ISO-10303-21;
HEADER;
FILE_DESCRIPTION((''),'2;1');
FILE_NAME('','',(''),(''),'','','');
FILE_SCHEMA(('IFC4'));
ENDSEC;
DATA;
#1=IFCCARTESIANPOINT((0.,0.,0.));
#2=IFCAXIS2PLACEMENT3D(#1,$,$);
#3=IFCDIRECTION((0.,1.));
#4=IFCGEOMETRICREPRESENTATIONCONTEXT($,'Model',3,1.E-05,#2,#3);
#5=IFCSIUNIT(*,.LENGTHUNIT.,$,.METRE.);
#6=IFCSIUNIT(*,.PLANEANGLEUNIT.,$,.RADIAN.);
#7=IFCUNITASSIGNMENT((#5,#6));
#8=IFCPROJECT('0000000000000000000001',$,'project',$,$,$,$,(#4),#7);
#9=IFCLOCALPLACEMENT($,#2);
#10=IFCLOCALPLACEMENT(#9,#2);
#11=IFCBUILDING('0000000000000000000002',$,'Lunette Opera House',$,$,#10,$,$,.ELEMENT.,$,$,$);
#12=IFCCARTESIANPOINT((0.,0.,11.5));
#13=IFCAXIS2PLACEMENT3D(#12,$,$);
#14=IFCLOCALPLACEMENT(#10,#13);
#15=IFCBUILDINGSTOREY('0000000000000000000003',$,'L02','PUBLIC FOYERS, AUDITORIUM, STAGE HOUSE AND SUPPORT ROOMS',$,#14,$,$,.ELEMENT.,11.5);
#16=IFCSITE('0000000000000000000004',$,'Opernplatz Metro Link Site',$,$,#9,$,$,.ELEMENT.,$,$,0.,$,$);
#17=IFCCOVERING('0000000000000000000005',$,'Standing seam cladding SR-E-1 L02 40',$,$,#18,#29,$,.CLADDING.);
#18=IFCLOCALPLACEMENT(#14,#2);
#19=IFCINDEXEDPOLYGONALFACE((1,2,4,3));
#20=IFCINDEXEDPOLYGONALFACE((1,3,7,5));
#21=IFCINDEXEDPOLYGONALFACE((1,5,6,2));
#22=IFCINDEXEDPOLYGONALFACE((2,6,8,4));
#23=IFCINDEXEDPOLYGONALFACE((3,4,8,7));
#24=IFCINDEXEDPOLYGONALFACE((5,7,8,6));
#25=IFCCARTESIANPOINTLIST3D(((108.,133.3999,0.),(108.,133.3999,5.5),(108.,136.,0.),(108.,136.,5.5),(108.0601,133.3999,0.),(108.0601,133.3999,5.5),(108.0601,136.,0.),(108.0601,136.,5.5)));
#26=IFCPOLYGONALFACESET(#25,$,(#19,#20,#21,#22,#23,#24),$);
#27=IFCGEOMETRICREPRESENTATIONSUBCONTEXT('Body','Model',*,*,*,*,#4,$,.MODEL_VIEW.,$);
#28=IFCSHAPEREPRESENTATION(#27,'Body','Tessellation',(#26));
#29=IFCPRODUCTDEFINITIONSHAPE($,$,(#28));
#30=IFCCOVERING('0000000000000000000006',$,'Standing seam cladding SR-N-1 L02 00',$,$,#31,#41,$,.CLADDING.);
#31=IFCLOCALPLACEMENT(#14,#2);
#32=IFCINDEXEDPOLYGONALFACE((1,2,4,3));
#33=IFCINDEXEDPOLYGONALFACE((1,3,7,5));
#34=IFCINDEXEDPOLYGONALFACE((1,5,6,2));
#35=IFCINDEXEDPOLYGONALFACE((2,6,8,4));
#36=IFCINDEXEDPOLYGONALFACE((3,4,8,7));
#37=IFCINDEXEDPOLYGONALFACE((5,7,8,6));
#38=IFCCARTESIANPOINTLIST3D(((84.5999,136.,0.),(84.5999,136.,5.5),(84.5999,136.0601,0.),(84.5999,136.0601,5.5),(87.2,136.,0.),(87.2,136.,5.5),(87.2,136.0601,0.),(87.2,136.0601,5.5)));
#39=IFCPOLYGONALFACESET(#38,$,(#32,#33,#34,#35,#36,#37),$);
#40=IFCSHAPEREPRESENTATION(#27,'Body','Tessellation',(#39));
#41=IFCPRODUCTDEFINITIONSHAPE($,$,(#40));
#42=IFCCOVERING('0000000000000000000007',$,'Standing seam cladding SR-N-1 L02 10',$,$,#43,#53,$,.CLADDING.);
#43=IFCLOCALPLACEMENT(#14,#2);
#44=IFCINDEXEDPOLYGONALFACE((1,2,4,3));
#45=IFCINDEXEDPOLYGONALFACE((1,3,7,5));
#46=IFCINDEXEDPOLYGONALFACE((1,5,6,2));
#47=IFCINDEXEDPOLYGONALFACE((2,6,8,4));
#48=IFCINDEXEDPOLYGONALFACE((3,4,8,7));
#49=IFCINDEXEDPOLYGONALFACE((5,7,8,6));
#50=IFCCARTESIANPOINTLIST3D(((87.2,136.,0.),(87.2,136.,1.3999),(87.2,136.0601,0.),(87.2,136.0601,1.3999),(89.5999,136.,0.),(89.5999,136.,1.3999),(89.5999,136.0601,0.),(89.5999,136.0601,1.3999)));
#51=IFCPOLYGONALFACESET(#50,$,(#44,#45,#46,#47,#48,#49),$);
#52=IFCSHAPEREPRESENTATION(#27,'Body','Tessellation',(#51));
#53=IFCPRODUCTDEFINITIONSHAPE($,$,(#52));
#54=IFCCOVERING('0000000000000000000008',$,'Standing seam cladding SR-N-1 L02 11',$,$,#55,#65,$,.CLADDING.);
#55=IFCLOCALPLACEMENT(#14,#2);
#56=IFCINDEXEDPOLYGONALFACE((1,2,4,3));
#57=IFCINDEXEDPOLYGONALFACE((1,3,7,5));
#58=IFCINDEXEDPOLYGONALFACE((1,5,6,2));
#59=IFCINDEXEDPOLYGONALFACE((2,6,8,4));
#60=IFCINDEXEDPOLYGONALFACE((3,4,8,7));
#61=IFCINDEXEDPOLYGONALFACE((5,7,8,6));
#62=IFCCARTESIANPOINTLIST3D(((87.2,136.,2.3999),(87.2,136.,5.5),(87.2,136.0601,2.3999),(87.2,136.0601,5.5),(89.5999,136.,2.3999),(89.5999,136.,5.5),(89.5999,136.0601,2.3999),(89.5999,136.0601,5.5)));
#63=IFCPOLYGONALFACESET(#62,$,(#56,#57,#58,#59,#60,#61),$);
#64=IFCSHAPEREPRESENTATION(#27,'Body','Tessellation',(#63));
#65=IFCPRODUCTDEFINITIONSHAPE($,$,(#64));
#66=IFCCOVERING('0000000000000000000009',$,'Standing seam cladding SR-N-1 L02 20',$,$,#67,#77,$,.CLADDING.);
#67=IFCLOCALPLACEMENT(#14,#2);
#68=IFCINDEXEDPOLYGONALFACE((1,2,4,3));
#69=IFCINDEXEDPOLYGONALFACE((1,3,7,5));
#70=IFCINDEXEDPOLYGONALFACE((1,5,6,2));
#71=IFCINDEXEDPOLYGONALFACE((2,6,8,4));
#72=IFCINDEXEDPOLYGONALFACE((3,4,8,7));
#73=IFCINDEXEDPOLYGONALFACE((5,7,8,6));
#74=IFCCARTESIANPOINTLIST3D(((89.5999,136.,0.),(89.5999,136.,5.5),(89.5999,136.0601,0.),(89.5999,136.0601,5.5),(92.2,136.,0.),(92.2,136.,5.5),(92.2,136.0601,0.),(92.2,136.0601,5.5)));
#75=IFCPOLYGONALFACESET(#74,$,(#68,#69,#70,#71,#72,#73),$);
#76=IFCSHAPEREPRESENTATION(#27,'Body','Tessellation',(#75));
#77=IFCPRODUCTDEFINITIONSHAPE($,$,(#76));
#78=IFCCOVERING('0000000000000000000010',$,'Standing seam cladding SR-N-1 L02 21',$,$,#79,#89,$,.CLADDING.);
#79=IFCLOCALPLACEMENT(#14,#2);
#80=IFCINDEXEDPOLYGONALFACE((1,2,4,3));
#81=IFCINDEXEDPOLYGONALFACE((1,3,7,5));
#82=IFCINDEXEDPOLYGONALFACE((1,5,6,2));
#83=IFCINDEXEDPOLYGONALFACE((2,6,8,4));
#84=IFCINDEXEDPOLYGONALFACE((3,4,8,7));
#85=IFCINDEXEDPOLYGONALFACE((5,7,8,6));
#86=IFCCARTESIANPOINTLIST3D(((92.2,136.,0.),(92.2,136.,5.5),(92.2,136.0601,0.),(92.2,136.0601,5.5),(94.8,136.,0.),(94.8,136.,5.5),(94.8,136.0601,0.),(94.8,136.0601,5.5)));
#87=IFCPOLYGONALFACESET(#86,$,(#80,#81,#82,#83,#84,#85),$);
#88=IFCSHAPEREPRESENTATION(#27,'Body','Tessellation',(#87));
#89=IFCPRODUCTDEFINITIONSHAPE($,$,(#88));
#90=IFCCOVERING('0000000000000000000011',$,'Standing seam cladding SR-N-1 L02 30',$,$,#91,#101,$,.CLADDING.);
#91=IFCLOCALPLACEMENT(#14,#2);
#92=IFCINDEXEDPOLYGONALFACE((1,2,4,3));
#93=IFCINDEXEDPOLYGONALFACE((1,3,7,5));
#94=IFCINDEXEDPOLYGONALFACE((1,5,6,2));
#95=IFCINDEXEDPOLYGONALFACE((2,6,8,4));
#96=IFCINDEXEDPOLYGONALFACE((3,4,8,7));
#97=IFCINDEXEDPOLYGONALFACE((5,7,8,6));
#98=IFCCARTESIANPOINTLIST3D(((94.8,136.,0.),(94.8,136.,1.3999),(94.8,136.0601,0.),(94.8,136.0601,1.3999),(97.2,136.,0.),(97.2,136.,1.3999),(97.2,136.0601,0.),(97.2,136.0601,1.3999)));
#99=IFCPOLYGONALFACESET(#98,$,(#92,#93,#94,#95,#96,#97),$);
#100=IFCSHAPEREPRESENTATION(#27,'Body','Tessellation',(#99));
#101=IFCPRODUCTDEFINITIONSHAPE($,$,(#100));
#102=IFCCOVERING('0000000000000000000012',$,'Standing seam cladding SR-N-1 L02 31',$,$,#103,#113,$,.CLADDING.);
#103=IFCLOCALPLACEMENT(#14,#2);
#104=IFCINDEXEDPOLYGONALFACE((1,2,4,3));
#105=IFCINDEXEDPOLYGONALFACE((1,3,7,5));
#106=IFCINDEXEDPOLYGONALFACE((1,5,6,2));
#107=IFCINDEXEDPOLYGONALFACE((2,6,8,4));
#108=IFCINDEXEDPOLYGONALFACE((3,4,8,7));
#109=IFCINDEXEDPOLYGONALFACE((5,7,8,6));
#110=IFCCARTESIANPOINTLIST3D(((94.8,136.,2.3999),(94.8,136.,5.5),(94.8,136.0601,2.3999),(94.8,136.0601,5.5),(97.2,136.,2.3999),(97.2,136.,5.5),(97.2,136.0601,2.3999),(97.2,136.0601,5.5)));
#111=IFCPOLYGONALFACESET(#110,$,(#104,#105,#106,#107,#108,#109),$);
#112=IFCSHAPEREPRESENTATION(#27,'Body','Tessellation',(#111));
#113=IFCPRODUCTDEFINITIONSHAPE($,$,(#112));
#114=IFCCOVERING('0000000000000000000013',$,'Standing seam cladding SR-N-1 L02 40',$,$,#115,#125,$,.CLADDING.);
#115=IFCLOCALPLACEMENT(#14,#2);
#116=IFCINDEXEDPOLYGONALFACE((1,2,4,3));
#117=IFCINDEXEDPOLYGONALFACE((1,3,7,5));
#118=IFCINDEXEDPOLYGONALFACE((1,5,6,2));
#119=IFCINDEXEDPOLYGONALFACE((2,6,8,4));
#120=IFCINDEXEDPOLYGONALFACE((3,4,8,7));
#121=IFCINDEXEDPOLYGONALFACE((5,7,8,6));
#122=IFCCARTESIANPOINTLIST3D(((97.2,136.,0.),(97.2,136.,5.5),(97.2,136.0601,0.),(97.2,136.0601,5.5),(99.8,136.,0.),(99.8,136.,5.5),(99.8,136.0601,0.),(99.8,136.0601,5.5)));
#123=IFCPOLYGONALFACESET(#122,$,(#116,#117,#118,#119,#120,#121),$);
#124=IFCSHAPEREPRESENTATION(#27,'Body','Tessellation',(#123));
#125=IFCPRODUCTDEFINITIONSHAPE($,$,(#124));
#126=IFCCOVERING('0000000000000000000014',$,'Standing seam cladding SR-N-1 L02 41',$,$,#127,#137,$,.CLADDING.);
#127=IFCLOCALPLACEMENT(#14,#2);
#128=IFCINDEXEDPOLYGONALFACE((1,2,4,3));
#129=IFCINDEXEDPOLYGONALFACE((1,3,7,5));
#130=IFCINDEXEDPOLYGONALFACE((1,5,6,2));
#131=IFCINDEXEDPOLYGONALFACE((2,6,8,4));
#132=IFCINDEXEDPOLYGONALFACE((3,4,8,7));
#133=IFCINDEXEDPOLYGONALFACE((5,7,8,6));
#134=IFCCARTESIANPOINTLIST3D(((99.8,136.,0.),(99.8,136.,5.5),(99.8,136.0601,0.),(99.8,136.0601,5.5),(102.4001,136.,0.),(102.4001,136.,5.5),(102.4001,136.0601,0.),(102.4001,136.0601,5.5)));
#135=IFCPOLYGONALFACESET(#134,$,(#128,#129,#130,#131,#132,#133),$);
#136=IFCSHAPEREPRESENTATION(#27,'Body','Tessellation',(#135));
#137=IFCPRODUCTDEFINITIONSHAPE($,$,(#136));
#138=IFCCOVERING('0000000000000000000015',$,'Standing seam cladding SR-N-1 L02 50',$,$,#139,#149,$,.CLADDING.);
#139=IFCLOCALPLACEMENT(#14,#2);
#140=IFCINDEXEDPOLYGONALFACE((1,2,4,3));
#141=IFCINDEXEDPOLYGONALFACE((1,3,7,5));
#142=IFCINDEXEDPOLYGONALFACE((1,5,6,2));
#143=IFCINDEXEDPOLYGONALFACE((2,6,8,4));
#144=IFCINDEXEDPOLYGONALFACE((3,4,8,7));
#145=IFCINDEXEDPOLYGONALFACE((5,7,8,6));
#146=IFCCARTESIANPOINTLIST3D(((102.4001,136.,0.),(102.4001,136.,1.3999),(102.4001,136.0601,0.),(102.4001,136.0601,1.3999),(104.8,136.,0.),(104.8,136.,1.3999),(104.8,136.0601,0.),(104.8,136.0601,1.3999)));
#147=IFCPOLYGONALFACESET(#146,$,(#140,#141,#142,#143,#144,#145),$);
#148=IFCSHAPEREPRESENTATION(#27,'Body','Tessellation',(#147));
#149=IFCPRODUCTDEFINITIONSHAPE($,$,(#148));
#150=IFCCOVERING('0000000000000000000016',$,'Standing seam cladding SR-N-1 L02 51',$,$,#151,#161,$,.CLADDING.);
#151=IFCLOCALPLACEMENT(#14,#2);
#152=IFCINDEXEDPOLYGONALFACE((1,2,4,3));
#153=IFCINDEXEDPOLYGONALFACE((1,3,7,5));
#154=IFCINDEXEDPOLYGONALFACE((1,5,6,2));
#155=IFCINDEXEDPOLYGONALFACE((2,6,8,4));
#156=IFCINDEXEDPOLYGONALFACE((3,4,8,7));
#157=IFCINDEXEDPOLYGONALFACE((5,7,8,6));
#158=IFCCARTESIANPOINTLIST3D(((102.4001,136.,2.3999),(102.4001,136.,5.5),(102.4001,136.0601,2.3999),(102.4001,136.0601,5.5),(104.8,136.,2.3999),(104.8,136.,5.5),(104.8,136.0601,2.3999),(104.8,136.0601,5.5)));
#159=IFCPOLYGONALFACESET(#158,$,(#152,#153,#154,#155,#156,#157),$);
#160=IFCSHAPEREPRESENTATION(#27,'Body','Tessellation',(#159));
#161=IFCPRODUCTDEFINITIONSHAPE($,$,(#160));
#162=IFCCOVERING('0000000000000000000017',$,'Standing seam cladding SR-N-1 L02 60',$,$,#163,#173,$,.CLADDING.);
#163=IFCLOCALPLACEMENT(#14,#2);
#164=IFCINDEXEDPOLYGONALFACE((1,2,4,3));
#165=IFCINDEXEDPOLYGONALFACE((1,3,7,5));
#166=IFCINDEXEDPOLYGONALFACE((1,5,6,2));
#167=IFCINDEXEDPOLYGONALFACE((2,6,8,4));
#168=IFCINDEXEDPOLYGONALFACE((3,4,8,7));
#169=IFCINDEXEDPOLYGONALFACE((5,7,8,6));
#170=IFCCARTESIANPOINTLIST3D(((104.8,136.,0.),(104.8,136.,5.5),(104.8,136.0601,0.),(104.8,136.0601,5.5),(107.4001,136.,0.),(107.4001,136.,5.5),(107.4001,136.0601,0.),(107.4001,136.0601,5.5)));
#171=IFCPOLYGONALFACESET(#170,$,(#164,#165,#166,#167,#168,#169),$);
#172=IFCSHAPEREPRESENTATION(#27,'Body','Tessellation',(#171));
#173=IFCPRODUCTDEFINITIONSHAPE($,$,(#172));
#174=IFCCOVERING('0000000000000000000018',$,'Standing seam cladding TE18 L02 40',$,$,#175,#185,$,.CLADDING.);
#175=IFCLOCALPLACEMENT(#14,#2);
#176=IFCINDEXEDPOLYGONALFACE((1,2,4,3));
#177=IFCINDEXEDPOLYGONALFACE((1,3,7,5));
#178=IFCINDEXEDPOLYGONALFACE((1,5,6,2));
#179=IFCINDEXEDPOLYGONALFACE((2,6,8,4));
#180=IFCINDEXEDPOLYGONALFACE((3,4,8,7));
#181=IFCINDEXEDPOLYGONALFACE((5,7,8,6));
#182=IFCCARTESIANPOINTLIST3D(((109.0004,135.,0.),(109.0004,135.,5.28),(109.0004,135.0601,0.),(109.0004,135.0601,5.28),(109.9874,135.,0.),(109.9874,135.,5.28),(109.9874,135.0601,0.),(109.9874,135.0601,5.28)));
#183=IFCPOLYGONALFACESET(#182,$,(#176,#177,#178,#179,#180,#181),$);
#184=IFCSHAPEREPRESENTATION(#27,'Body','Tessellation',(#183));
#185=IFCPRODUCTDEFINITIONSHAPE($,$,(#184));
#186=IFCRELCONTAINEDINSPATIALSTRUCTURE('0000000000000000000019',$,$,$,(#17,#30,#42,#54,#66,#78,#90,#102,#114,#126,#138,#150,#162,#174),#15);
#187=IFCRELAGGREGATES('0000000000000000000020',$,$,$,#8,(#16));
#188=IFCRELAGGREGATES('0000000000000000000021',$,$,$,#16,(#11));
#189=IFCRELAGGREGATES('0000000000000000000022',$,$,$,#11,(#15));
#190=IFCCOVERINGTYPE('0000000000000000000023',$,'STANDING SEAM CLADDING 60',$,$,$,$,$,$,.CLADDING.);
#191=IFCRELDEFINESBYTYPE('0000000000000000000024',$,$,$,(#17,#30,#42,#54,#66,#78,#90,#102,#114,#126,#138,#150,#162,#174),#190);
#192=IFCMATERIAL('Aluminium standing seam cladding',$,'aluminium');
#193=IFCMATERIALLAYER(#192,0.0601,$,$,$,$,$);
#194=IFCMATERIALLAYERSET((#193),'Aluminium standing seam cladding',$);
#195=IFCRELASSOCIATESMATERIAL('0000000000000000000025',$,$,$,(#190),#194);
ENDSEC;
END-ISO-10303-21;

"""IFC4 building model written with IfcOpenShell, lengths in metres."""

from ifc_helpers import new_model, si_unit, direction, frame, origin, origin_2d, place, context, subcontext, project, spatial, rectangle, extrude, material, layer, layer_set, type_object, element, save


model = new_model("IFC4")

# Units and contexts
model_context = context("Model", 3, precision=1e-05, world=origin(), true_north=direction((0.0, 1.0)))
body_context = subcontext(model_context, "Body", "Model", "MODEL_VIEW")
ifc_project = project(units=[si_unit("LENGTHUNIT", "METRE"), si_unit("PLANEANGLEUNIT", "RADIAN")], contexts=[model_context])

# Site, building, storey
site_placement = place(None, origin())
site = spatial("IfcSite", under=ifc_project, at=site_placement, Name="Opernplatz Metro Link Site", CompositionType="ELEMENT", RefElevation=0.0)
building_placement = place(site_placement, origin())
building = spatial("IfcBuilding", under=site, at=building_placement, Name="Lunette Opera House", CompositionType="ELEMENT")
storey_placement = place(building_placement, frame((0.0, 0.0, 11.5)))
storey = spatial("IfcBuildingStorey", under=building, at=storey_placement, Name="L02", Description="PUBLIC FOYERS, AUDITORIUM, STAGE HOUSE AND SUPPORT ROOMS", CompositionType="ELEMENT", Elevation=11.5)

# Coverings
ifc_material_1 = material(Name="Aluminium standing seam cladding", Category="aluminium")
ifc_layer_1 = layer(ifc_material_1, 0.0601)
ifc_layer_set_1 = layer_set([ifc_layer_1], Name="Aluminium standing seam cladding")
covering_type = type_object("IfcCoveringType", Name="STANDING SEAM CLADDING 60", PredefinedType="CLADDING", material=ifc_layer_set_1)
for number, where, z_axis, x_axis, name in (
    (1, (108.03, 134.7, 0.0), (0.0, 0.0, 1.0), (0.0, 1.0, 0.0), "Standing seam cladding SR-E-1 L02 40"),
    (2, (85.8999, 136.03, 0.0), (0.0, 0.0, 1.0), (1.0, 0.0, 0.0), "Standing seam cladding SR-N-1 L02 00"),
):
    element("IfcCovering", number, at=place(storey_placement, frame(where, z_axis=z_axis, x_axis=x_axis)), inside=storey, type_object=covering_type, Name=name, PredefinedType="CLADDING", context=body_context, shape_type="SweptSolid", body=[
        extrude(rectangle(XDim=2.6001, YDim=0.0601, at=origin_2d()), origin(), (0.0, 0.0, 1.0), 5.5),
    ])
covering_1_placement = place(storey_placement, frame((88.3999, 136.03, 0.0), z_axis=(0.0, 0.0, 1.0), x_axis=(1.0, 0.0, 0.0)))
element("IfcCovering", 3, at=covering_1_placement, inside=storey, type_object=covering_type, Name="Standing seam cladding SR-N-1 L02 10", PredefinedType="CLADDING", context=body_context, shape_type="SweptSolid", body=[
    extrude(rectangle(XDim=2.3999, YDim=0.0601, at=origin_2d()), origin(), (0.0, 0.0, 1.0), 1.3999),
])
covering_2_placement = place(storey_placement, frame((88.3999, 136.03, 2.3999), z_axis=(0.0, 0.0, 1.0), x_axis=(1.0, 0.0, 0.0)))
element("IfcCovering", 4, at=covering_2_placement, inside=storey, type_object=covering_type, Name="Standing seam cladding SR-N-1 L02 11", PredefinedType="CLADDING", context=body_context, shape_type="SweptSolid", body=[
    extrude(rectangle(XDim=2.3999, YDim=0.0601, at=origin_2d()), origin(), (0.0, 0.0, 1.0), 3.1001),
])
for number, where, z_axis, x_axis, name in (
    (5, (90.8999, 136.03, 0.0), (0.0, 0.0, 1.0), (1.0, 0.0, 0.0), "Standing seam cladding SR-N-1 L02 20"),
    (6, (93.5, 136.03, 0.0), (0.0, 0.0, 1.0), (1.0, 0.0, 0.0), "Standing seam cladding SR-N-1 L02 21"),
):
    element("IfcCovering", number, at=place(storey_placement, frame(where, z_axis=z_axis, x_axis=x_axis)), inside=storey, type_object=covering_type, Name=name, PredefinedType="CLADDING", context=body_context, shape_type="SweptSolid", body=[
        extrude(rectangle(XDim=2.6001, YDim=0.0601, at=origin_2d()), origin(), (0.0, 0.0, 1.0), 5.5),
    ])
covering_3_placement = place(storey_placement, frame((96.0, 136.03, 0.0), z_axis=(0.0, 0.0, 1.0), x_axis=(1.0, 0.0, 0.0)))
element("IfcCovering", 7, at=covering_3_placement, inside=storey, type_object=covering_type, Name="Standing seam cladding SR-N-1 L02 30", PredefinedType="CLADDING", context=body_context, shape_type="SweptSolid", body=[
    extrude(rectangle(XDim=2.3999, YDim=0.0601, at=origin_2d()), origin(), (0.0, 0.0, 1.0), 1.3999),
])
covering_4_placement = place(storey_placement, frame((96.0, 136.03, 2.3999), z_axis=(0.0, 0.0, 1.0), x_axis=(1.0, 0.0, 0.0)))
element("IfcCovering", 8, at=covering_4_placement, inside=storey, type_object=covering_type, Name="Standing seam cladding SR-N-1 L02 31", PredefinedType="CLADDING", context=body_context, shape_type="SweptSolid", body=[
    extrude(rectangle(XDim=2.3999, YDim=0.0601, at=origin_2d()), origin(), (0.0, 0.0, 1.0), 3.1001),
])
for number, where, z_axis, x_axis, name in (
    (9, (98.5, 136.03, 0.0), (0.0, 0.0, 1.0), (1.0, 0.0, 0.0), "Standing seam cladding SR-N-1 L02 40"),
    (10, (101.1001, 136.03, 0.0), (0.0, 0.0, 1.0), (1.0, 0.0, 0.0), "Standing seam cladding SR-N-1 L02 41"),
):
    element("IfcCovering", number, at=place(storey_placement, frame(where, z_axis=z_axis, x_axis=x_axis)), inside=storey, type_object=covering_type, Name=name, PredefinedType="CLADDING", context=body_context, shape_type="SweptSolid", body=[
        extrude(rectangle(XDim=2.6001, YDim=0.0601, at=origin_2d()), origin(), (0.0, 0.0, 1.0), 5.5),
    ])
covering_5_placement = place(storey_placement, frame((103.6001, 136.03, 0.0), z_axis=(0.0, 0.0, 1.0), x_axis=(1.0, 0.0, 0.0)))
element("IfcCovering", 11, at=covering_5_placement, inside=storey, type_object=covering_type, Name="Standing seam cladding SR-N-1 L02 50", PredefinedType="CLADDING", context=body_context, shape_type="SweptSolid", body=[
    extrude(rectangle(XDim=2.3999, YDim=0.0601, at=origin_2d()), origin(), (0.0, 0.0, 1.0), 1.3999),
])
covering_6_placement = place(storey_placement, frame((103.6001, 136.03, 2.3999), z_axis=(0.0, 0.0, 1.0), x_axis=(1.0, 0.0, 0.0)))
element("IfcCovering", 12, at=covering_6_placement, inside=storey, type_object=covering_type, Name="Standing seam cladding SR-N-1 L02 51", PredefinedType="CLADDING", context=body_context, shape_type="SweptSolid", body=[
    extrude(rectangle(XDim=2.3999, YDim=0.0601, at=origin_2d()), origin(), (0.0, 0.0, 1.0), 3.1001),
])
covering_7_placement = place(storey_placement, frame((106.1001, 136.03, 0.0), z_axis=(0.0, 0.0, 1.0), x_axis=(1.0, 0.0, 0.0)))
element("IfcCovering", 13, at=covering_7_placement, inside=storey, type_object=covering_type, Name="Standing seam cladding SR-N-1 L02 60", PredefinedType="CLADDING", context=body_context, shape_type="SweptSolid", body=[
    extrude(rectangle(XDim=2.6001, YDim=0.0601, at=origin_2d()), origin(), (0.0, 0.0, 1.0), 5.5),
])
covering_8_placement = place(storey_placement, frame((109.4939, 135.03, 0.0), z_axis=(0.0, 0.0, 1.0), x_axis=(-1.0, 0.0, 0.0)))
element("IfcCovering", 14, at=covering_8_placement, inside=storey, type_object=covering_type, Name="Standing seam cladding TE18 L02 40", PredefinedType="CLADDING", context=body_context, shape_type="SweptSolid", body=[
    extrude(rectangle(XDim=0.9871, YDim=0.0601, at=origin_2d()), origin(), (0.0, 0.0, 1.0), 5.28),
])

save(model, "model.ifc")
